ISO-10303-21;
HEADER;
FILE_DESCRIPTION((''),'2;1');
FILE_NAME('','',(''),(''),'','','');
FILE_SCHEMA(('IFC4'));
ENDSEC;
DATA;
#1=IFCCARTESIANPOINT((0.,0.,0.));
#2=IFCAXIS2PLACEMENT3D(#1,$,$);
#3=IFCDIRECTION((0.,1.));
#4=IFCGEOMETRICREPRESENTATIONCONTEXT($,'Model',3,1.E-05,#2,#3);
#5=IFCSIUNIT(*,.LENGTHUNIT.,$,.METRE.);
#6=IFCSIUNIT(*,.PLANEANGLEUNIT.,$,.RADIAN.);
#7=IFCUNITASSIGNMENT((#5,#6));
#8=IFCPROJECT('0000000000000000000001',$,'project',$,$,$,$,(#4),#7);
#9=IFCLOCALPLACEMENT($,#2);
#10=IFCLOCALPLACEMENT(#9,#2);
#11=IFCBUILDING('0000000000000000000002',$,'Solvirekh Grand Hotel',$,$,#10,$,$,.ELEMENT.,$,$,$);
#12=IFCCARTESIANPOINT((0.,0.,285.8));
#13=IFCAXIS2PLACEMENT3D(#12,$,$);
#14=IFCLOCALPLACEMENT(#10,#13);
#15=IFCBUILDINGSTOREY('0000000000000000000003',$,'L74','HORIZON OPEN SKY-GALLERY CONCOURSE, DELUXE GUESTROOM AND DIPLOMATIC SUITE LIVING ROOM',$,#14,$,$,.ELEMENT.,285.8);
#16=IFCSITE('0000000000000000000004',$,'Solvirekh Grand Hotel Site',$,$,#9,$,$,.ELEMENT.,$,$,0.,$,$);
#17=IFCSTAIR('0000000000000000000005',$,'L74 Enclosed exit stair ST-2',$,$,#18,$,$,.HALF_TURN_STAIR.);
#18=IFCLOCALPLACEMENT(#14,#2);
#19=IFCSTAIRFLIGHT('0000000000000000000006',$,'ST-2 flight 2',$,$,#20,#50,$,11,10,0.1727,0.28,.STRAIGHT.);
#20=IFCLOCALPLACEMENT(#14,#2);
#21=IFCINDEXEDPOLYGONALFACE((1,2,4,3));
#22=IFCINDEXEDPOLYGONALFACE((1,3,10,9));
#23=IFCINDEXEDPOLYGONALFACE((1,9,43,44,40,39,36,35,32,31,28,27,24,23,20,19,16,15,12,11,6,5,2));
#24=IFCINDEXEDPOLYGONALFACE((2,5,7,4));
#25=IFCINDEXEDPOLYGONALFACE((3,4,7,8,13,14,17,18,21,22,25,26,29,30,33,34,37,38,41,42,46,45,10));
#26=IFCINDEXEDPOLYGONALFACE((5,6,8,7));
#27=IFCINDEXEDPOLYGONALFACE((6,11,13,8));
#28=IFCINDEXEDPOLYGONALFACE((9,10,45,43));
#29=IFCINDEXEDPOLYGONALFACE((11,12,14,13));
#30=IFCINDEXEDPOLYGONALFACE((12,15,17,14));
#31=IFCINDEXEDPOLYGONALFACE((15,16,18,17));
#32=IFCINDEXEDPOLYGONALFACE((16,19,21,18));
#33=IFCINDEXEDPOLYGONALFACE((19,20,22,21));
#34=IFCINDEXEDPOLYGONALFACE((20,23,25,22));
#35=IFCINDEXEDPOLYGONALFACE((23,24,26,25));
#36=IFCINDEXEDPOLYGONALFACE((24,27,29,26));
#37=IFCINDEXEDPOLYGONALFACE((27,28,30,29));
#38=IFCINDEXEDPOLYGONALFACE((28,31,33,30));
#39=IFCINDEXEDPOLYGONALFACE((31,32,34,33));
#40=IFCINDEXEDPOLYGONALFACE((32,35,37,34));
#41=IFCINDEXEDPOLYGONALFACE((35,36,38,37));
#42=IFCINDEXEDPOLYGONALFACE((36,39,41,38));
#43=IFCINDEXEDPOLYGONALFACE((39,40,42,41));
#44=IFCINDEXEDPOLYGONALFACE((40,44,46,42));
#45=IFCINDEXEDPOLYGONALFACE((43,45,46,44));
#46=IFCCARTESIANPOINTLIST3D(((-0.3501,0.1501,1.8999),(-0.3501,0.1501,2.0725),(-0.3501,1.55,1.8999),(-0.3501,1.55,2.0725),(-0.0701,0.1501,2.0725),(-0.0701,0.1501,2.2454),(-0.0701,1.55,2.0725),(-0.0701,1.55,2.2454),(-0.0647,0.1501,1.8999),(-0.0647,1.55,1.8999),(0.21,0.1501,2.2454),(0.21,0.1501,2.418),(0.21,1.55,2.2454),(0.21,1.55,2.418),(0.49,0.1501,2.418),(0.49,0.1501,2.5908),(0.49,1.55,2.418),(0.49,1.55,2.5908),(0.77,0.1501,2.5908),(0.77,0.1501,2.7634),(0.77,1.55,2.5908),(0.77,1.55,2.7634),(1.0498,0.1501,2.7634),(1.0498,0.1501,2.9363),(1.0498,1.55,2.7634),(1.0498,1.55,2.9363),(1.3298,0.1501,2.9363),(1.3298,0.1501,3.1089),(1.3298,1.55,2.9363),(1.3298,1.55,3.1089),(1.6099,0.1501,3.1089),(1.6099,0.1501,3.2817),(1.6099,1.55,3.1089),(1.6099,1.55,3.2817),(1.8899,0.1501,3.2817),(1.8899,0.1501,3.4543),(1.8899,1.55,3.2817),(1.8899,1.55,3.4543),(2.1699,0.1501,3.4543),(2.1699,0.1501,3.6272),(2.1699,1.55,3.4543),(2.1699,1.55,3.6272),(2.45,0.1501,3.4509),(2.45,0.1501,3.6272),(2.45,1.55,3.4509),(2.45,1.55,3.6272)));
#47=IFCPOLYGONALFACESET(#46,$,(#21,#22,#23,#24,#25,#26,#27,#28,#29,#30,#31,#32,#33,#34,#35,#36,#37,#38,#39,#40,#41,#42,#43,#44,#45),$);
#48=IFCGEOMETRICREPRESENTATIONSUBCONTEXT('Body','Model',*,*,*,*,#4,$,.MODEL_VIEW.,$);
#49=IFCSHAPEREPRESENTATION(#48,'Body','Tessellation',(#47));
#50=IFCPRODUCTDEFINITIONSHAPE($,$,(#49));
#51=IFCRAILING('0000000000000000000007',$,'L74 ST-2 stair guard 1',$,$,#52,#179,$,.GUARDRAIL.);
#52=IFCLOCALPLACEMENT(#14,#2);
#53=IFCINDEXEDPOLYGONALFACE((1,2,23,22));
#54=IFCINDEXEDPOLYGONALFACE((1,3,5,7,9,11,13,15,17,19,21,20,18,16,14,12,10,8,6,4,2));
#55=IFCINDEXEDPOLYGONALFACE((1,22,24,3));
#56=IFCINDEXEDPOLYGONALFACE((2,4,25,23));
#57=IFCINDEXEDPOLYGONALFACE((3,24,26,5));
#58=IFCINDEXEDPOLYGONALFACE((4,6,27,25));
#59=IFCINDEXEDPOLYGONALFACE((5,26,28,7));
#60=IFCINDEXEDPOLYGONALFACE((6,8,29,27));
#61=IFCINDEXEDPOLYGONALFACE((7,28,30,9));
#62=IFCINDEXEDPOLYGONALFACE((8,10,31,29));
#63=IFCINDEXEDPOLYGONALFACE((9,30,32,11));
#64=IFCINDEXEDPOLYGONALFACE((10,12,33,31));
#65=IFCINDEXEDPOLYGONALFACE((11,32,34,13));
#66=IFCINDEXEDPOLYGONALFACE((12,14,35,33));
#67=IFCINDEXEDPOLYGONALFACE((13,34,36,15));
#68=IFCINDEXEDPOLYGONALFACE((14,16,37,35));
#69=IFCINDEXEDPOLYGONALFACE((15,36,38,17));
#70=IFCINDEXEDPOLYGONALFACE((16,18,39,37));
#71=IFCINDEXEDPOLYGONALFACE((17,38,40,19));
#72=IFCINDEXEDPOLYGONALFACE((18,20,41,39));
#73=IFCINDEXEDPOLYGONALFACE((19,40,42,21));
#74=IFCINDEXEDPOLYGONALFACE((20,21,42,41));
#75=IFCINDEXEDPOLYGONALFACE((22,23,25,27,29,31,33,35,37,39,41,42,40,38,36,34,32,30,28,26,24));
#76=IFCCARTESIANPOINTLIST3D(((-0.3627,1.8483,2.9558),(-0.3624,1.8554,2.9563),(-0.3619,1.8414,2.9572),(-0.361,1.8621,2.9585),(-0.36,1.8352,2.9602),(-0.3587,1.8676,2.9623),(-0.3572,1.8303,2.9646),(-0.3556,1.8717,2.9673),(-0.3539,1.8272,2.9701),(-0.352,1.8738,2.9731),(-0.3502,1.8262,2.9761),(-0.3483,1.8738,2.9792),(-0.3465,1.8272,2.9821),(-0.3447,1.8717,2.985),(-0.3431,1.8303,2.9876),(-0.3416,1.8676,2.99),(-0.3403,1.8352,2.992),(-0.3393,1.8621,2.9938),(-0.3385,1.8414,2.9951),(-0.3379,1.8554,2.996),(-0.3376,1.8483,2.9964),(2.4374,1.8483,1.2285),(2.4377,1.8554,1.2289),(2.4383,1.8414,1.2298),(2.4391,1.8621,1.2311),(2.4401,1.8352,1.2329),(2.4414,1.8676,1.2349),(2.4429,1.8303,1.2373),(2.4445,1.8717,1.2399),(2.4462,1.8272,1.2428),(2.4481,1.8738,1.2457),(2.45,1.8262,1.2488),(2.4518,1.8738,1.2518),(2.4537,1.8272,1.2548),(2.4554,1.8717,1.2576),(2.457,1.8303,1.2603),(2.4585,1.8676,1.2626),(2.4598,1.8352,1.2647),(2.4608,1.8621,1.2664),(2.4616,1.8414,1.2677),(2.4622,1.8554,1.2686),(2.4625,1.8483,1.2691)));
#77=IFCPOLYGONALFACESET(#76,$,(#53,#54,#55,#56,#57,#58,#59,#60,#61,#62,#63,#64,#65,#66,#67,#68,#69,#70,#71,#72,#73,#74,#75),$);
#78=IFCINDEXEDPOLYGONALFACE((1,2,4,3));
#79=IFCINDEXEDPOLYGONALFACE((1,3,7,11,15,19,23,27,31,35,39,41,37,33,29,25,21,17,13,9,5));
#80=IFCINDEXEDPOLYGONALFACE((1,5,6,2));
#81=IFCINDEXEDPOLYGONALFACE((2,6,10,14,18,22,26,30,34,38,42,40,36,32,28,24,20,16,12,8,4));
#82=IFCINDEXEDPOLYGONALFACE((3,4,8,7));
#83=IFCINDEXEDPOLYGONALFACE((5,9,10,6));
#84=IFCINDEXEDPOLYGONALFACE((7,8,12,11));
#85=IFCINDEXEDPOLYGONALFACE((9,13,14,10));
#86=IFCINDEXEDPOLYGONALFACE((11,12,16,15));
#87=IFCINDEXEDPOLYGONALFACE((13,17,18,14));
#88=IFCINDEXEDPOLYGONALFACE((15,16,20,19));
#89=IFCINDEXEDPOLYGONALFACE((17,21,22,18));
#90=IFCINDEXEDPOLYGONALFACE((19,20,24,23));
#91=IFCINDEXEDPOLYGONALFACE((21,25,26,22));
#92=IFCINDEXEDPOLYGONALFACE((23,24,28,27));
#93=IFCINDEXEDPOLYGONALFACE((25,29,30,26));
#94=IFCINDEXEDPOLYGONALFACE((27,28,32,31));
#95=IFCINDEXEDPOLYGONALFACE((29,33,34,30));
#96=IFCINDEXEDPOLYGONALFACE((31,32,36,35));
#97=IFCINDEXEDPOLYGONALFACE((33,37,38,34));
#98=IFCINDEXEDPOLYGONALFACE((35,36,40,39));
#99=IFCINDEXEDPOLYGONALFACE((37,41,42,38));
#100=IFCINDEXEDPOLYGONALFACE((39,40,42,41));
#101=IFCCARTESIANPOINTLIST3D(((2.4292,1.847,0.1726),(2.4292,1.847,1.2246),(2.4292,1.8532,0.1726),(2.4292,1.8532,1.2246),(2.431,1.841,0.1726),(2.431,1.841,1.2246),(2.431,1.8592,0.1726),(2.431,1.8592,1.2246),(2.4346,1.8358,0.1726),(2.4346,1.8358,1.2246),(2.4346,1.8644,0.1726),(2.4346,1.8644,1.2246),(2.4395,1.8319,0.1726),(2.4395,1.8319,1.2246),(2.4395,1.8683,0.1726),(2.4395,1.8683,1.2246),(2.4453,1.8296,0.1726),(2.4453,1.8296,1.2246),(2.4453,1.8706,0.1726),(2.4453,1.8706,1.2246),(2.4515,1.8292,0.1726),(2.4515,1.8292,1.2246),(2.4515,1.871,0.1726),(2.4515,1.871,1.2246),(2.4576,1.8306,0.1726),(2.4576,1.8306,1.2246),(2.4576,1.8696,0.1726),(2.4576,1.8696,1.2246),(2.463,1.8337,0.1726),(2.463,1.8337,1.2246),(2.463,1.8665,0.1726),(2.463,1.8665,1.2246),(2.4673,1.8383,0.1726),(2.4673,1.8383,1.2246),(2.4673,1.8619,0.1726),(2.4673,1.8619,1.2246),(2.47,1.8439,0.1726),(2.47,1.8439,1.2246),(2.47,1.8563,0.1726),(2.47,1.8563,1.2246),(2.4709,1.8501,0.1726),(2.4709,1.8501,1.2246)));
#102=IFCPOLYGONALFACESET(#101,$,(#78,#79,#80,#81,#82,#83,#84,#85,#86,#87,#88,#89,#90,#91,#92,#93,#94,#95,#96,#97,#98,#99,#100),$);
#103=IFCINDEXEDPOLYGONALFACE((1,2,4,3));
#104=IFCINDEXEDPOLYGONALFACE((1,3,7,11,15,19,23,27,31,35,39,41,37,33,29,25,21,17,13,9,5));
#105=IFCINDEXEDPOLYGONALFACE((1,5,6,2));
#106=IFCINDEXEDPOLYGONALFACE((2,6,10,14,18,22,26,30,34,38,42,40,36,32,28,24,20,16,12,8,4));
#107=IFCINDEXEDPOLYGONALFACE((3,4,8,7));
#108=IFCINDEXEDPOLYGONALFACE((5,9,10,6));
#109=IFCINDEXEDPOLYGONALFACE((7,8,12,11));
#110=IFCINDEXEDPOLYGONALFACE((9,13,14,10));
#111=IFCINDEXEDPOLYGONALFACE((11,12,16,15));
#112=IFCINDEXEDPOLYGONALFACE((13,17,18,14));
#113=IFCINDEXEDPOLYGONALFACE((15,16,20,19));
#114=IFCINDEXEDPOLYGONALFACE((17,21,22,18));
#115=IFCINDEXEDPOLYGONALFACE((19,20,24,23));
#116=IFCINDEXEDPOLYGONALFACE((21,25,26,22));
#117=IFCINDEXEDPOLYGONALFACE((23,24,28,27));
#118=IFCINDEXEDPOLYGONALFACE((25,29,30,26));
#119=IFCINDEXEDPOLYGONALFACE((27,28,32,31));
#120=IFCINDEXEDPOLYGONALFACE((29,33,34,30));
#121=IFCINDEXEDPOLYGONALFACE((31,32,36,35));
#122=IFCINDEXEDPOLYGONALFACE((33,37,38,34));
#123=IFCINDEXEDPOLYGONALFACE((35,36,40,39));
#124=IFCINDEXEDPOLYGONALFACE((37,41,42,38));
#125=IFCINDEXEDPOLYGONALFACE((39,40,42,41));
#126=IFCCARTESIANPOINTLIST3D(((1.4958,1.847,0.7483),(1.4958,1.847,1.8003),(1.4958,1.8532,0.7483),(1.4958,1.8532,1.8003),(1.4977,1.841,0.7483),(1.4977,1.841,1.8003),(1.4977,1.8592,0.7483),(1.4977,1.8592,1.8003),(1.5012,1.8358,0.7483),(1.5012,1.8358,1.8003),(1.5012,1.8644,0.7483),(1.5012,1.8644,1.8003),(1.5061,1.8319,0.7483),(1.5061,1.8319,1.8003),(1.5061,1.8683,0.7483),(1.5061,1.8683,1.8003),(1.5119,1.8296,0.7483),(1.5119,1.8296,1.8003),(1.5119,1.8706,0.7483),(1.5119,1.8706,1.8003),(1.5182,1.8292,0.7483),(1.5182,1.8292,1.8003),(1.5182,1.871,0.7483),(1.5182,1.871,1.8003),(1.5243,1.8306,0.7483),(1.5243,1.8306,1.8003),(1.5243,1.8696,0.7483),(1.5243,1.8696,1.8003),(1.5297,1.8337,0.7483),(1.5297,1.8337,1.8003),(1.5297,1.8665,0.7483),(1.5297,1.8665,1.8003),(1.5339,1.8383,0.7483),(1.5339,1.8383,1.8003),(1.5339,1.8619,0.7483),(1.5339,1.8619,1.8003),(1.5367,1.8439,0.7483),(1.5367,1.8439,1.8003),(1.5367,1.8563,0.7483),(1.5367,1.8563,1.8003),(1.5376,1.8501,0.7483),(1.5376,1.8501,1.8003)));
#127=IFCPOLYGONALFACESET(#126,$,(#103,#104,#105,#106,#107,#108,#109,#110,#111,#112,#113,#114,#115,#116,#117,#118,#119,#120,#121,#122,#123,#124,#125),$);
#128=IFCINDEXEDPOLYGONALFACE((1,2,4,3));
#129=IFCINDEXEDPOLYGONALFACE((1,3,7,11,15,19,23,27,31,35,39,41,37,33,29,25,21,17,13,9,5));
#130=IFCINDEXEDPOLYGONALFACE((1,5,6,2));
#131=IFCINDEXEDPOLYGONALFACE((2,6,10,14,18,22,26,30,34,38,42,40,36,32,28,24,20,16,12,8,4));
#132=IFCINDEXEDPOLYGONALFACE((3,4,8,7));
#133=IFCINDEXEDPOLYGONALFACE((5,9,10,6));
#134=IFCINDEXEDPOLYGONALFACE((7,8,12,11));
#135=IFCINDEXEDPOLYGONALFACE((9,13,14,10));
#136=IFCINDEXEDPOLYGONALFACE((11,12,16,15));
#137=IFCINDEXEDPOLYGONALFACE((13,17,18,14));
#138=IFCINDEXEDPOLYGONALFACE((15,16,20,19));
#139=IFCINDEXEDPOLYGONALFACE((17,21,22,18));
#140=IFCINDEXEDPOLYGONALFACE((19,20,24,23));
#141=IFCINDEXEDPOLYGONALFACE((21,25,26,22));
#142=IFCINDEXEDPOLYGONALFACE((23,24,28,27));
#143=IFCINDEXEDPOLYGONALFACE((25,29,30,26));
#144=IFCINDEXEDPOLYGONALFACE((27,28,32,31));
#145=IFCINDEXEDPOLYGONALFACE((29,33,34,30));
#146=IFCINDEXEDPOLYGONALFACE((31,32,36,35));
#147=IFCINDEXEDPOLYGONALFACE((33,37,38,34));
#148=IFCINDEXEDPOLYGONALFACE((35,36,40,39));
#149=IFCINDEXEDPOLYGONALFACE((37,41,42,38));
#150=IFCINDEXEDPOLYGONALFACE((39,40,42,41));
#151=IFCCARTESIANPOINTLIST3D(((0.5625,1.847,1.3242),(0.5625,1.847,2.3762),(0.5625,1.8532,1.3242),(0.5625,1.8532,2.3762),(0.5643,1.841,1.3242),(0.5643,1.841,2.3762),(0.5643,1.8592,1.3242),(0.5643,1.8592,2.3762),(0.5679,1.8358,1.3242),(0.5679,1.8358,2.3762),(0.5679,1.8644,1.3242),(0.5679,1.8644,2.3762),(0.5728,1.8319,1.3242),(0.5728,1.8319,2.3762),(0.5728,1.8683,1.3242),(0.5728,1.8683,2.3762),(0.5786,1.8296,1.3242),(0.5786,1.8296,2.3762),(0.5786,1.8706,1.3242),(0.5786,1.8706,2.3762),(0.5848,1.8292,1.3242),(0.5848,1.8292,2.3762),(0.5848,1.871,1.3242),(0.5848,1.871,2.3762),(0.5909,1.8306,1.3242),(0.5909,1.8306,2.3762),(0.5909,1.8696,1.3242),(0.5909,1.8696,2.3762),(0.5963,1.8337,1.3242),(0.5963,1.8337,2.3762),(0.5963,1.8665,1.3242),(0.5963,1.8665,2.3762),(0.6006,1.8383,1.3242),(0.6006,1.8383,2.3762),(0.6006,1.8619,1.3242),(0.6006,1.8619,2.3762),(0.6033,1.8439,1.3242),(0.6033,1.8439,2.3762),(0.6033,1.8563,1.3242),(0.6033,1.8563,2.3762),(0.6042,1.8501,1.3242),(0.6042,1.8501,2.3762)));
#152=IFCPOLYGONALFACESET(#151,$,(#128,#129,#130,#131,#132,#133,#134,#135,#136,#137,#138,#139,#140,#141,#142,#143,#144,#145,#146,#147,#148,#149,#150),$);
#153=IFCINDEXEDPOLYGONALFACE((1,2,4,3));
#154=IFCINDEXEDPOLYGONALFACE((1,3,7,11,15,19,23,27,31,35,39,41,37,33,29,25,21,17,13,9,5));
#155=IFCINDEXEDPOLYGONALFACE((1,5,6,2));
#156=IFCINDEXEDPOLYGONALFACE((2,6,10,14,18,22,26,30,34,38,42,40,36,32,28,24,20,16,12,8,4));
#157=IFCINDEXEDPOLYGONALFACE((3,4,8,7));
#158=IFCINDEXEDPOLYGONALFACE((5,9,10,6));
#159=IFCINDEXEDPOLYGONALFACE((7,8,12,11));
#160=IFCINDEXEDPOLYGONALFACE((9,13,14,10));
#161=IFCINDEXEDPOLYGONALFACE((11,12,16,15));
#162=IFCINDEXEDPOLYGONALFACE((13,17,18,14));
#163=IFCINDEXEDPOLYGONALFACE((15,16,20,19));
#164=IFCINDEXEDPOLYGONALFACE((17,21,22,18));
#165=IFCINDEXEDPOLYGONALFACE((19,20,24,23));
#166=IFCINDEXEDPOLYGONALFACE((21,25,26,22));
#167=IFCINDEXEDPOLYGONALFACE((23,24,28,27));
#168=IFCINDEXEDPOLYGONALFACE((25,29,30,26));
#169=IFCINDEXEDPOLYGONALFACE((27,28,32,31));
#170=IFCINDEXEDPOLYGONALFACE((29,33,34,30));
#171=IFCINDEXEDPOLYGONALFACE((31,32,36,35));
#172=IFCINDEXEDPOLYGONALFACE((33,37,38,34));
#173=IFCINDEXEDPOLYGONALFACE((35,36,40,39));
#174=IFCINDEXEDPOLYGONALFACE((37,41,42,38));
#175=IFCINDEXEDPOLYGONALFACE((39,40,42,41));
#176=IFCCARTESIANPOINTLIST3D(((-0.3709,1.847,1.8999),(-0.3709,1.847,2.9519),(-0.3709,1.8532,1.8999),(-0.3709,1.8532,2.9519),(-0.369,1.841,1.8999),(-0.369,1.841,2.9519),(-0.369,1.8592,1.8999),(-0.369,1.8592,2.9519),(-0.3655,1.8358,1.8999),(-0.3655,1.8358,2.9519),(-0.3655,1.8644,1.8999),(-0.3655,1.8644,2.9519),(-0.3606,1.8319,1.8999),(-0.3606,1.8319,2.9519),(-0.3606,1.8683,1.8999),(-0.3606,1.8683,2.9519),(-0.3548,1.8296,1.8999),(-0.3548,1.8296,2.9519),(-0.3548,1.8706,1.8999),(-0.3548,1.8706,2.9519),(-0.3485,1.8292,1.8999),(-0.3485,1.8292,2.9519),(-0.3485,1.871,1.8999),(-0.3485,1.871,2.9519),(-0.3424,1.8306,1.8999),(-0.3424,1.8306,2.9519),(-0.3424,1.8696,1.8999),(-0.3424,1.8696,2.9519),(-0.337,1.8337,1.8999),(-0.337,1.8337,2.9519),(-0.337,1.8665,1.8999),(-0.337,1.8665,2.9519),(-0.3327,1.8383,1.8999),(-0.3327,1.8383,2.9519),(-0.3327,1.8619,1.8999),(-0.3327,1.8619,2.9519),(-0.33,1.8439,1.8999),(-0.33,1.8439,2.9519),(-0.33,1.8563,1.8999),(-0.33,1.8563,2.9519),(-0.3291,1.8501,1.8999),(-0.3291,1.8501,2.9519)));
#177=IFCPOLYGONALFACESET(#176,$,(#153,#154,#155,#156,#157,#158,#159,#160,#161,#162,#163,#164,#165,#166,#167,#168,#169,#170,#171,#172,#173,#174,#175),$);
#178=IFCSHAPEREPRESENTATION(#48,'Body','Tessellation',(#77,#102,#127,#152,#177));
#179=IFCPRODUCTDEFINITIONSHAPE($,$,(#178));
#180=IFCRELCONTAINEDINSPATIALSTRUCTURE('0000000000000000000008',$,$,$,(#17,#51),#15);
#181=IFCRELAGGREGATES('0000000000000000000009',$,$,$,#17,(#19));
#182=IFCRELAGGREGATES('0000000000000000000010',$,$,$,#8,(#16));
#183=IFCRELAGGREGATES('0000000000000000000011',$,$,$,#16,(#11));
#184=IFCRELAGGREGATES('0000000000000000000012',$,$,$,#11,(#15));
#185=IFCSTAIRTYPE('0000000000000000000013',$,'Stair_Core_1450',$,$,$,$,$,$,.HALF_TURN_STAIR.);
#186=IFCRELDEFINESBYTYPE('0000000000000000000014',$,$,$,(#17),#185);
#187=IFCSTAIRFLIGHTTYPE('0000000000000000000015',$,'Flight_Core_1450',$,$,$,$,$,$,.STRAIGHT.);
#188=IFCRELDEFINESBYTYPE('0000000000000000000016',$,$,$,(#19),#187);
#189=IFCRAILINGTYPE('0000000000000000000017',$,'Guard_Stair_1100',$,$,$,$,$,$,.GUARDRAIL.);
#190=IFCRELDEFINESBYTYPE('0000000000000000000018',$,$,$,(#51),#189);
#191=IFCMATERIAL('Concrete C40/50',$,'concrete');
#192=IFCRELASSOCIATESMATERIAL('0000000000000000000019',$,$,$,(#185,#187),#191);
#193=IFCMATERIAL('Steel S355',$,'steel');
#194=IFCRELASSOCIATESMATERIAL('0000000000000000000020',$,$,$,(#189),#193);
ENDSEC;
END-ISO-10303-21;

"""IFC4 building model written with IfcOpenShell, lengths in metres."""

from ifc_helpers import new_model, si_unit, direction, frame, origin, origin_2d, place, context, subcontext, project, spatial, polyline, circle, outline, extrude, material, type_object, element, aggregate, save


model = new_model("IFC4")

# Units and contexts
model_context = context("Model", 3, precision=1e-05, world=origin(), true_north=direction((0.0, 1.0)))
body_context = subcontext(model_context, "Body", "Model", "MODEL_VIEW")
ifc_project = project(units=[si_unit("LENGTHUNIT", "METRE"), si_unit("PLANEANGLEUNIT", "RADIAN")], contexts=[model_context])

# Site, building, storey
site_placement = place(None, origin())
site = spatial("IfcSite", under=ifc_project, at=site_placement, Name="Solvirekh Grand Hotel Site", CompositionType="ELEMENT", RefElevation=0.0)
building_placement = place(site_placement, origin())
building = spatial("IfcBuilding", under=site, at=building_placement, Name="Solvirekh Grand Hotel", CompositionType="ELEMENT")
storey_placement = place(building_placement, frame((0.0, 0.0, 285.8)))
storey = spatial("IfcBuildingStorey", under=building, at=storey_placement, Name="L74", Description="HORIZON OPEN SKY-GALLERY CONCOURSE, DELUXE GUESTROOM AND DIPLOMATIC SUITE LIVING ROOM", CompositionType="ELEMENT", Elevation=285.8)

# Shared definitions
ifc_material_1 = material(Name="Concrete C40/50", Category="concrete")

# Stair, stair flight
stair_type = type_object("IfcStairType", Name="Stair_Core_1450", PredefinedType="HALF_TURN_STAIR", material=ifc_material_1)
stair_placement = place(storey_placement, origin())
stair = element("IfcStair", 1, at=stair_placement, inside=storey, type_object=stair_type, Name="L74 Enclosed exit stair ST-2", PredefinedType="HALF_TURN_STAIR")
stair_flight_type = type_object("IfcStairFlightType", Name="Flight_Core_1450", PredefinedType="STRAIGHT", material=ifc_material_1)
stair_flight_1_placement = place(storey_placement, frame((-0.3501, 0.8501, 1.8999), z_axis=(0.0, 0.0, 1.0), x_axis=(1.0, 0.0, 0.0)))
stair_flight_1 = element("IfcStairFlight", 2, at=stair_flight_1_placement, type_object=stair_flight_type, Name="ST-2 flight 2", NumberOfRisers=11, NumberOfTreads=10, PredefinedType="STRAIGHT", RiserHeight=0.1727, TreadLength=0.28, context=body_context, shape_type="SweptSolid", body=[
    extrude(outline(polyline([(0.0, 0.0), (0.0, 0.1726), (0.28, 0.1726), (0.28, 0.3455), (0.5601, 0.3455), (0.5601, 0.5181), (0.8401, 0.5181), (0.8401, 0.6909), (1.1201, 0.6909), (1.1201, 0.8635), (1.3999, 0.8635), (1.3999, 1.0364), (1.6799, 1.0364), (1.6799, 1.209), (1.96, 1.209), (1.96, 1.3818), (2.24, 1.3818), (2.24, 1.5544), (2.52, 1.5544), (2.52, 1.7273), (2.8, 1.7273), (2.8, 1.8999), (2.8, 1.551), (0.2854, 0.0), (0.0, 0.0)])), frame((0.0, 0.7, 0.0), z_axis=(0.0, -1.0, 0.0), x_axis=(1.0, 0.0, 0.0)), (0.0, 0.0, 1.0), 1.3999),
])
aggregate(stair, [stair_flight_1])

# Railing
ifc_material_2 = material(Name="Steel S355", Category="steel")
railing_type_1 = type_object("IfcRailingType", Name="Guard_Stair_1100", PredefinedType="GUARDRAIL", material=ifc_material_2)
railing_1_placement = place(storey_placement, frame((2.45, 1.8501, 0.1726)))
element("IfcRailing", 3, at=railing_1_placement, inside=storey, type_object=railing_type_1, Name="L74 ST-2 stair guard 1", PredefinedType="GUARDRAIL", context=body_context, shape_type="SweptSolid", body=[
    extrude(circle(Radius=0.0239, at=origin_2d()), frame((0.0, 0.0, 1.0762), z_axis=(-0.85109, 0.0, 0.52502), x_axis=(0.0, -1.0, 0.0)), (0.0, 0.0, 1.0), 3.29),
    extrude(circle(Radius=0.021, at=origin_2d()), origin(), (0.0, 0.0, 1.0), 1.052),
    extrude(circle(Radius=0.021, at=origin_2d()), frame((-0.9333, 0.0, 0.5757)), (0.0, 0.0, 1.0), 1.052),
    extrude(circle(Radius=0.021, at=origin_2d()), frame((-1.8667, 0.0, 1.1516)), (0.0, 0.0, 1.0), 1.052),
    extrude(circle(Radius=0.021, at=origin_2d()), frame((-2.8, 0.0, 1.7273)), (0.0, 0.0, 1.0), 1.052),
])

save(model, "model.ifc")
